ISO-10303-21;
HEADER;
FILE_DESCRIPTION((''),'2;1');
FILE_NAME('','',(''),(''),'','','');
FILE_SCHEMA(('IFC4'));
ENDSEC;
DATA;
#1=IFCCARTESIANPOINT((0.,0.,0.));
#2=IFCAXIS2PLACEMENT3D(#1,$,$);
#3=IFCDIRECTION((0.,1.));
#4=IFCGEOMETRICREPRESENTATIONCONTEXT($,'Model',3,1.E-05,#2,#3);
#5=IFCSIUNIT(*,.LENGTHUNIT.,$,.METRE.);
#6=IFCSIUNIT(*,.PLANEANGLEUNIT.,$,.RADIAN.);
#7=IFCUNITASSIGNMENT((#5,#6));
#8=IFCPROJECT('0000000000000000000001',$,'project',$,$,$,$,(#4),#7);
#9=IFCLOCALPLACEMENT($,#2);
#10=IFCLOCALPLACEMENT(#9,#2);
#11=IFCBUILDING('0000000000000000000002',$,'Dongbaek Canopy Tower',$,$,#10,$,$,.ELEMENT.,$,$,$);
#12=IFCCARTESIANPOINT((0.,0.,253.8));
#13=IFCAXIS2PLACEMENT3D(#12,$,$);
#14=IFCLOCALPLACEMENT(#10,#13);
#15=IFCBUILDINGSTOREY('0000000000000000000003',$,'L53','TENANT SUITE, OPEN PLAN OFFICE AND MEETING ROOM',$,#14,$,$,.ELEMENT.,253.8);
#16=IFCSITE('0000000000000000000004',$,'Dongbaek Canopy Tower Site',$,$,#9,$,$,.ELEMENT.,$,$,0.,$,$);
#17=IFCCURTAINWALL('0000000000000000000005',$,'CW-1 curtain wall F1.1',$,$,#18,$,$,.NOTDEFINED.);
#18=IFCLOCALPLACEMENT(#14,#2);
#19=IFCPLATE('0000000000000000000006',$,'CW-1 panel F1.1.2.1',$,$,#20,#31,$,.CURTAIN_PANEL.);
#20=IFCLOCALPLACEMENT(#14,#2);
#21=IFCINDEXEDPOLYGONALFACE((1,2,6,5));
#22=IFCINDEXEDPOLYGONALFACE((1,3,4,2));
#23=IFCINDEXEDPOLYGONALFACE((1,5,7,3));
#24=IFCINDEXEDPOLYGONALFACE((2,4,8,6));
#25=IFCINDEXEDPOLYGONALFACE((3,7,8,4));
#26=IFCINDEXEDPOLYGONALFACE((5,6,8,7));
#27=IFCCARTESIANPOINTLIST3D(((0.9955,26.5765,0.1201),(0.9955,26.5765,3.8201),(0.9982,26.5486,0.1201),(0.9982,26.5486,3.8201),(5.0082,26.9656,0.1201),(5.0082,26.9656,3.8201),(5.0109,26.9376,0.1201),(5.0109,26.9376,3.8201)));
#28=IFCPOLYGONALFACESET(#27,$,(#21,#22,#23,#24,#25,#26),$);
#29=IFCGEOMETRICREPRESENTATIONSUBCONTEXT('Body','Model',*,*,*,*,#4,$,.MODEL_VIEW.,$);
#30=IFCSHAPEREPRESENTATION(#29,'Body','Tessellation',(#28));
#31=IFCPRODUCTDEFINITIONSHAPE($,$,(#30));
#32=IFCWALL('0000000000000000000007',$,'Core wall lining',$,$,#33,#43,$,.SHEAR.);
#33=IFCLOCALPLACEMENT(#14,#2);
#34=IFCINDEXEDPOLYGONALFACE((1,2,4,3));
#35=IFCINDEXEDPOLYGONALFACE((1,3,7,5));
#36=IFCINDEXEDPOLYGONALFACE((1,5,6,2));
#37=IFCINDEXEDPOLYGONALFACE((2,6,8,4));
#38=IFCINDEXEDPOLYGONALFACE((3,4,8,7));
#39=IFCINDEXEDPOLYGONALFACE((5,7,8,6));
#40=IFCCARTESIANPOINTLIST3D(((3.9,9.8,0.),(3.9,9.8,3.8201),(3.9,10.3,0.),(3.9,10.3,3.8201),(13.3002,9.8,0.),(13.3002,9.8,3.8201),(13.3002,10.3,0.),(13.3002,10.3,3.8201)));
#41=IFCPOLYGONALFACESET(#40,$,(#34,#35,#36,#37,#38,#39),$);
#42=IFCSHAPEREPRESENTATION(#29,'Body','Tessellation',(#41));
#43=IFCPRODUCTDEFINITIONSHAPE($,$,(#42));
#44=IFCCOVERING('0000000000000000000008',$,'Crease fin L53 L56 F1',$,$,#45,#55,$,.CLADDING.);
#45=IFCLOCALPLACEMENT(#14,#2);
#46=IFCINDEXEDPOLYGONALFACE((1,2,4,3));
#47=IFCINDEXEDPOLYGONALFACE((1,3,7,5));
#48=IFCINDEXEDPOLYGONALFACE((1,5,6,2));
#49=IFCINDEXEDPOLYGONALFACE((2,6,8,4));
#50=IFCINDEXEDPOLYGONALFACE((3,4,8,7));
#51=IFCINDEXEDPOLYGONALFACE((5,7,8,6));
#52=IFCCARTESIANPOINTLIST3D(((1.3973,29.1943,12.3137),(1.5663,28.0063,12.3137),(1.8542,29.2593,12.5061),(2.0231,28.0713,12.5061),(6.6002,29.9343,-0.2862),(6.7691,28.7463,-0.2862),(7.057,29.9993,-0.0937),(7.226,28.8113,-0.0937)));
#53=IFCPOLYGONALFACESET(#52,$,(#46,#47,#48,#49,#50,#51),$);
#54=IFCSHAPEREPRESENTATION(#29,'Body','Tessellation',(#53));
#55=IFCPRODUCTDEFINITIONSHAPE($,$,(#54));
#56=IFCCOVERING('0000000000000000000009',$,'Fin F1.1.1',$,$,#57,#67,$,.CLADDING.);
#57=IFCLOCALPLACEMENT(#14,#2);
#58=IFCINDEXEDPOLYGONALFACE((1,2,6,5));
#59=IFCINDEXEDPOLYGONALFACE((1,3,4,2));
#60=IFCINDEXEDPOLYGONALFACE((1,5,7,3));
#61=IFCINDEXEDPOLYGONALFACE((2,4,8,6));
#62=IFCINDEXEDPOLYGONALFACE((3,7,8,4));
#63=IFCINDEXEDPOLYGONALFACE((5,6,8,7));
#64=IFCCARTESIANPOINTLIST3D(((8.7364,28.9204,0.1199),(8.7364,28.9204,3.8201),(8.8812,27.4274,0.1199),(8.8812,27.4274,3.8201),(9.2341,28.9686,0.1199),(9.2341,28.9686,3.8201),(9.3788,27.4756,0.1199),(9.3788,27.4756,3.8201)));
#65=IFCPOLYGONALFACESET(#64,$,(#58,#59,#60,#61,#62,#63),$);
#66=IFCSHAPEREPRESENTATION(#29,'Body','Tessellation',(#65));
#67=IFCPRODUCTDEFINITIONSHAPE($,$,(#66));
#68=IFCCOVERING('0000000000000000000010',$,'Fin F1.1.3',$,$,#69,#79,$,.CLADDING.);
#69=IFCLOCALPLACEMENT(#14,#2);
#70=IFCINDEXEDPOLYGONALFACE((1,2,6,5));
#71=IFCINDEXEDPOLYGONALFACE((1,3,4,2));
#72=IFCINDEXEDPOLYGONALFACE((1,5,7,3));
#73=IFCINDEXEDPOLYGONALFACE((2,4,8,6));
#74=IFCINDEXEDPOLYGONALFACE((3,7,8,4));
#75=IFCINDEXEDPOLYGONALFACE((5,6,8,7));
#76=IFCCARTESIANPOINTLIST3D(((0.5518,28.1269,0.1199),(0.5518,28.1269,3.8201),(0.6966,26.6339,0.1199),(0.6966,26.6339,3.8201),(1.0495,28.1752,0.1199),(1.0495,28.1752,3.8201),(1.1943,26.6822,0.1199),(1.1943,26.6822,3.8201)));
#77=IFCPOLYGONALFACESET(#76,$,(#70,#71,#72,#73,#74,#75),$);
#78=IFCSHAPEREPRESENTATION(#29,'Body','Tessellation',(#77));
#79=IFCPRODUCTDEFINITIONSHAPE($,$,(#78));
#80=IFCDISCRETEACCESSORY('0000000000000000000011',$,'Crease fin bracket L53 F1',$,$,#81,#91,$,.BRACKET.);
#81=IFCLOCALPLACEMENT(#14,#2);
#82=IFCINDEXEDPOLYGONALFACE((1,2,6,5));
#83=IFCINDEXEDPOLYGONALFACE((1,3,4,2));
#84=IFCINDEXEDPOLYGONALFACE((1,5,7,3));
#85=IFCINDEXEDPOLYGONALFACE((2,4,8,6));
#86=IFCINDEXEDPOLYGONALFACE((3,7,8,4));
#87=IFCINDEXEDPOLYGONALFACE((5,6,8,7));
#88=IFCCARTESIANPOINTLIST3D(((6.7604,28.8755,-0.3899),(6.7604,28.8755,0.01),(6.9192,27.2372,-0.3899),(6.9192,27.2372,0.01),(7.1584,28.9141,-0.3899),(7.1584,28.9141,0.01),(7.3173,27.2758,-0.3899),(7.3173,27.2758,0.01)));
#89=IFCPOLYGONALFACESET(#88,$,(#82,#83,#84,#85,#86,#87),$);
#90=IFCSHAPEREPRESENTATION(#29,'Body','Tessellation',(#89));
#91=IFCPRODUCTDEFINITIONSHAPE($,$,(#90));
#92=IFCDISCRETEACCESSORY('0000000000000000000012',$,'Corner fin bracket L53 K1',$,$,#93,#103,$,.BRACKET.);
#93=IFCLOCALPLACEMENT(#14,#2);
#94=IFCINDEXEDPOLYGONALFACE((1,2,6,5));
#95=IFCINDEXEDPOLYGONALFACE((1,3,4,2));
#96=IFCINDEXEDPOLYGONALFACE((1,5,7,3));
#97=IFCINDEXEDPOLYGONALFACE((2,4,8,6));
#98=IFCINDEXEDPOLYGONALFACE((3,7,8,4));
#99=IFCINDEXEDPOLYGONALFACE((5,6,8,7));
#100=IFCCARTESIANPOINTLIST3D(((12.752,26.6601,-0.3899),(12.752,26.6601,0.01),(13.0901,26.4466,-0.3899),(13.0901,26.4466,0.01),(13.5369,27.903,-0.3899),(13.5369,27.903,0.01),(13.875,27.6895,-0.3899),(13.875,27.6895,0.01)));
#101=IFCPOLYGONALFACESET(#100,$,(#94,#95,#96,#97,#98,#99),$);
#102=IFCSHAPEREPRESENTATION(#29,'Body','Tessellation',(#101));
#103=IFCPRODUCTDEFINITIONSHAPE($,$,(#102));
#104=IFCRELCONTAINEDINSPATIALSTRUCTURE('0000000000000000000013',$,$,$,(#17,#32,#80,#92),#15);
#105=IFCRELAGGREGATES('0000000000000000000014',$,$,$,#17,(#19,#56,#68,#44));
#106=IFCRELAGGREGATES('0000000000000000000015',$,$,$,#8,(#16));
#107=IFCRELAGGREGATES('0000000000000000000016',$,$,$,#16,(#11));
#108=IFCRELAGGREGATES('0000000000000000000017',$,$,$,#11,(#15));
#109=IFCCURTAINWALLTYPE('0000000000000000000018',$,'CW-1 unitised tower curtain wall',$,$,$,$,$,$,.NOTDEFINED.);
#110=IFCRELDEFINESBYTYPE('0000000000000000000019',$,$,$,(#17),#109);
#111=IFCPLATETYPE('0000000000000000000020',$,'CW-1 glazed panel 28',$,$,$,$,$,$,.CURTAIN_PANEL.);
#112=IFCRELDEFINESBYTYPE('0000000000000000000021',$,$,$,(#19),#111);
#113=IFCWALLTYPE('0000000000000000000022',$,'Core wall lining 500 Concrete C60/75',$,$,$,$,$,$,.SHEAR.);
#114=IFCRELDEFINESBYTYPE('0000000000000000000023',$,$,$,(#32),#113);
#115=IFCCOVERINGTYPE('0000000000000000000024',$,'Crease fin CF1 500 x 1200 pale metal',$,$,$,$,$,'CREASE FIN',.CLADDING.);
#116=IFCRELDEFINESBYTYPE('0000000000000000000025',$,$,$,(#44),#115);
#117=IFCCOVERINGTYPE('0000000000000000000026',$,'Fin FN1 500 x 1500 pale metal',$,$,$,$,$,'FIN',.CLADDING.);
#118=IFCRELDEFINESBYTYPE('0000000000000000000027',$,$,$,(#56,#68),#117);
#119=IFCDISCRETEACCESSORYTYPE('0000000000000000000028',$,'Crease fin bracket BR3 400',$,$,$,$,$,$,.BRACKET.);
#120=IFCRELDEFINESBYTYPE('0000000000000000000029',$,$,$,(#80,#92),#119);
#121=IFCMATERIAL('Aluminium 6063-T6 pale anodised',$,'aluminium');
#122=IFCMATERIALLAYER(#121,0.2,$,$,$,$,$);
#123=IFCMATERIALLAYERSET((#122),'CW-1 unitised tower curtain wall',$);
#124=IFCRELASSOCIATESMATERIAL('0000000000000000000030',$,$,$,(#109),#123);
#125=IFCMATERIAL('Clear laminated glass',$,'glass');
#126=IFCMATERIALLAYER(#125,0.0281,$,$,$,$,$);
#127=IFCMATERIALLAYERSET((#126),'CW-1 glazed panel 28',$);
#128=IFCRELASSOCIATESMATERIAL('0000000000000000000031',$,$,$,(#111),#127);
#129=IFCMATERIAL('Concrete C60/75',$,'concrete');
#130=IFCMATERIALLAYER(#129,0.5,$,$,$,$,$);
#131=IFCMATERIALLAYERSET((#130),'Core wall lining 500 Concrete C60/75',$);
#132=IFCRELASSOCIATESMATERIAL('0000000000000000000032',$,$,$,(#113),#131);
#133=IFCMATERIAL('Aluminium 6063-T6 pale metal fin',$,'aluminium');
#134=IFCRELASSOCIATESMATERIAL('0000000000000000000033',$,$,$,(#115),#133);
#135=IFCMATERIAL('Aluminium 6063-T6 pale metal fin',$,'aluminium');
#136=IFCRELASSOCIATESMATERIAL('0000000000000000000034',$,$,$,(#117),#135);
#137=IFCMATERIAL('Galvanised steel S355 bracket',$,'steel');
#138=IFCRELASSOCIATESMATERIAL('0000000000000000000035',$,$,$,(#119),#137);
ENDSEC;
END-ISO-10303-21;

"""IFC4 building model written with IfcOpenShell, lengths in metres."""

from ifc_helpers import new_model, si_unit, direction, frame, frame_2d, origin, origin_2d, place, context, subcontext, project, spatial, rectangle, extrude, material, layer, layer_set, material_profile, profile_set, type_object, element, aggregate, save


model = new_model("IFC4")

# Units and contexts
model_context = context("Model", 3, precision=1e-05, world=origin(), true_north=direction((0.0, 1.0)))
body_context = subcontext(model_context, "Body", "Model", "MODEL_VIEW")
ifc_project = project(units=[si_unit("LENGTHUNIT", "METRE"), si_unit("PLANEANGLEUNIT", "RADIAN")], contexts=[model_context])

# Site, building, storey
site_placement = place(None, origin())
site = spatial("IfcSite", under=ifc_project, at=site_placement, Name="Dongbaek Canopy Tower Site", CompositionType="ELEMENT", RefElevation=0.0)
building_placement = place(site_placement, origin())
building = spatial("IfcBuilding", under=site, at=building_placement, Name="Dongbaek Canopy Tower", CompositionType="ELEMENT")
storey_placement = place(building_placement, frame((0.0, 0.0, 253.8)))
storey = spatial("IfcBuildingStorey", under=building, at=storey_placement, Name="L53", Description="TENANT SUITE, OPEN PLAN OFFICE AND MEETING ROOM", CompositionType="ELEMENT", Elevation=253.8)

# Curtain wall
ifc_material_1 = material(Name="Aluminium 6063-T6 pale anodised", Category="aluminium")
ifc_layer_1 = layer(ifc_material_1, 0.2)
ifc_layer_set_1 = layer_set([ifc_layer_1], Name="CW-1 unitised tower curtain wall")
curtain_wall_type = type_object("IfcCurtainWallType", Name="CW-1 unitised tower curtain wall", PredefinedType="NOTDEFINED", material=ifc_layer_set_1)
curtain_wall_1_placement = place(storey_placement, origin())
curtain_wall_1 = element("IfcCurtainWall", 1, at=curtain_wall_1_placement, inside=storey, type_object=curtain_wall_type, Name="CW-1 curtain wall F1.1", PredefinedType="NOTDEFINED")

# Plate
ifc_material_2 = material(Name="Clear laminated glass", Category="glass")
ifc_layer_2 = layer(ifc_material_2, 0.0281)
ifc_layer_set_2 = layer_set([ifc_layer_2], Name="CW-1 glazed panel 28")
plate_type = type_object("IfcPlateType", Name="CW-1 glazed panel 28", PredefinedType="CURTAIN_PANEL", material=ifc_layer_set_2)
plate_1_placement = place(storey_placement, frame((3.0032, 26.7571, 0.1201), z_axis=(0.0, 0.0, 1.0), x_axis=(-0.995332, -0.096506, 0.0)))
plate_1 = element("IfcPlate", 2, at=plate_1_placement, type_object=plate_type, Name="CW-1 panel F1.1.2.1", PredefinedType="CURTAIN_PANEL", context=body_context, shape_type="SweptSolid", body=[
    extrude(rectangle(XDim=4.0315, YDim=0.0281, at=origin_2d()), origin(), (0.0, 0.0, 1.0), 3.7),
])

# Wall
ifc_material_3 = material(Name="Concrete C60/75", Category="concrete")
ifc_layer_3 = layer(ifc_material_3, 0.5)
ifc_layer_set_3 = layer_set([ifc_layer_3], Name="Core wall lining 500 Concrete C60/75")
wall_type = type_object("IfcWallType", Name="Core wall lining 500 Concrete C60/75", PredefinedType="SHEAR", material=ifc_layer_set_3)
wall_placement = place(storey_placement, frame((3.8999, 10.05, 0.0), z_axis=(0.0, 0.0, 1.0), x_axis=(1.0, 0.0, 0.0)))
element("IfcWall", 3, at=wall_placement, inside=storey, type_object=wall_type, Name="Core wall lining", PredefinedType="SHEAR", context=body_context, shape_type="SweptSolid", body=[
    extrude(rectangle(XDim=9.4001, YDim=0.5, at=frame_2d((4.7002, 0.0))), origin(), (0.0, 0.0, 1.0), 3.8201),
])

# Coverings
ifc_material_4 = material(Name="Aluminium 6063-T6 pale metal fin", Category="aluminium")
ifc_material_profile_1 = material_profile(ifc_material_4, rectangle(XDim=1.2, YDim=0.5, at=origin_2d()), Name="Crease fin CF1 500 x 1200 pale metal")
ifc_profile_set_1 = profile_set([ifc_material_profile_1], Name="Aluminium 6063-T6 pale metal fin")
covering_type_1 = type_object("IfcCoveringType", Name="Crease fin CF1 500 x 1200 pale metal", ElementType="CREASE FIN", PredefinedType="CLADDING", material=ifc_profile_set_1)
covering_1_placement = place(storey_placement, frame((6.9131, 29.3728, -0.1899), z_axis=(-0.381111, -0.054204, 0.922939), x_axis=(0.14081, -0.990037, 0.0)))
covering_1 = element("IfcCovering", 4, at=covering_1_placement, type_object=covering_type_1, Name="Crease fin L53 L56 F1", PredefinedType="CLADDING", context=body_context, shape_type="SweptSolid", body=[
    extrude(rectangle(XDim=1.2, YDim=0.5, at=origin_2d()), origin(), (0.0, 0.0, 1.0), 13.6519),
])
ifc_material_5 = material(Name="Aluminium 6063-T6 pale metal fin", Category="aluminium")
ifc_material_profile_2 = material_profile(ifc_material_5, rectangle(XDim=1.5, YDim=0.5, at=origin_2d()), Name="Fin FN1 500 x 1500 pale metal")
ifc_profile_set_2 = profile_set([ifc_material_profile_2], Name="Aluminium 6063-T6 pale metal fin")
covering_type_2 = type_object("IfcCoveringType", Name="Fin FN1 500 x 1500 pale metal", ElementType="FIN", PredefinedType="CLADDING", material=ifc_profile_set_2)
covering_2_placement = place(storey_placement, frame((9.0576, 28.198, 0.1199), z_axis=(0.0, 0.0, 1.0), x_axis=(-0.096506, 0.995332, 0.0)))
covering_2 = element("IfcCovering", 5, at=covering_2_placement, type_object=covering_type_2, Name="Fin F1.1.1", PredefinedType="CLADDING", context=body_context, shape_type="SweptSolid", body=[
    extrude(rectangle(XDim=1.5, YDim=0.5, at=origin_2d()), origin(), (0.0, 0.0, 1.0), 3.7002),
])
covering_3_placement = place(storey_placement, frame((0.873, 27.4045, 0.1199), z_axis=(0.0, 0.0, 1.0), x_axis=(-0.096506, 0.995332, 0.0)))
covering_3 = element("IfcCovering", 6, at=covering_3_placement, type_object=covering_type_2, Name="Fin F1.1.3", PredefinedType="CLADDING", context=body_context, shape_type="SweptSolid", body=[
    extrude(rectangle(XDim=1.5, YDim=0.5, at=origin_2d()), origin(), (0.0, 0.0, 1.0), 3.7002),
])
aggregate(curtain_wall_1, [plate_1, covering_2, covering_3, covering_1])

# Discrete accessories
ifc_material_6 = material(Name="Galvanised steel S355 bracket", Category="steel")
discrete_accessory_type = type_object("IfcDiscreteAccessoryType", Name="Crease fin bracket BR3 400", PredefinedType="BRACKET", material=ifc_material_6)
discrete_accessory_1_placement = place(storey_placement, frame((7.0388, 28.0757, -0.3899), z_axis=(0.0, 0.0, 1.0), x_axis=(-0.096506, 0.995332, 0.0)))
element("IfcDiscreteAccessory", 7, at=discrete_accessory_1_placement, inside=storey, type_object=discrete_accessory_type, Name="Crease fin bracket L53 F1", PredefinedType="BRACKET", context=body_context, shape_type="SweptSolid", body=[
    extrude(rectangle(XDim=1.646, YDim=0.3999, at=origin_2d()), origin(), (0.0, 0.0, 1.0), 0.3999),
])
discrete_accessory_2_placement = place(storey_placement, frame((13.3135, 27.1748, -0.3899), z_axis=(0.0, 0.0, 1.0), x_axis=(0.533975, 0.8455, 0.0)))
element("IfcDiscreteAccessory", 8, at=discrete_accessory_2_placement, inside=storey, type_object=discrete_accessory_type, Name="Corner fin bracket L53 K1", PredefinedType="BRACKET", context=body_context, shape_type="SweptSolid", body=[
    extrude(rectangle(XDim=1.47, YDim=0.3999, at=origin_2d()), origin(), (0.0, 0.0, 1.0), 0.3999),
])

save(model, "model.ifc")
